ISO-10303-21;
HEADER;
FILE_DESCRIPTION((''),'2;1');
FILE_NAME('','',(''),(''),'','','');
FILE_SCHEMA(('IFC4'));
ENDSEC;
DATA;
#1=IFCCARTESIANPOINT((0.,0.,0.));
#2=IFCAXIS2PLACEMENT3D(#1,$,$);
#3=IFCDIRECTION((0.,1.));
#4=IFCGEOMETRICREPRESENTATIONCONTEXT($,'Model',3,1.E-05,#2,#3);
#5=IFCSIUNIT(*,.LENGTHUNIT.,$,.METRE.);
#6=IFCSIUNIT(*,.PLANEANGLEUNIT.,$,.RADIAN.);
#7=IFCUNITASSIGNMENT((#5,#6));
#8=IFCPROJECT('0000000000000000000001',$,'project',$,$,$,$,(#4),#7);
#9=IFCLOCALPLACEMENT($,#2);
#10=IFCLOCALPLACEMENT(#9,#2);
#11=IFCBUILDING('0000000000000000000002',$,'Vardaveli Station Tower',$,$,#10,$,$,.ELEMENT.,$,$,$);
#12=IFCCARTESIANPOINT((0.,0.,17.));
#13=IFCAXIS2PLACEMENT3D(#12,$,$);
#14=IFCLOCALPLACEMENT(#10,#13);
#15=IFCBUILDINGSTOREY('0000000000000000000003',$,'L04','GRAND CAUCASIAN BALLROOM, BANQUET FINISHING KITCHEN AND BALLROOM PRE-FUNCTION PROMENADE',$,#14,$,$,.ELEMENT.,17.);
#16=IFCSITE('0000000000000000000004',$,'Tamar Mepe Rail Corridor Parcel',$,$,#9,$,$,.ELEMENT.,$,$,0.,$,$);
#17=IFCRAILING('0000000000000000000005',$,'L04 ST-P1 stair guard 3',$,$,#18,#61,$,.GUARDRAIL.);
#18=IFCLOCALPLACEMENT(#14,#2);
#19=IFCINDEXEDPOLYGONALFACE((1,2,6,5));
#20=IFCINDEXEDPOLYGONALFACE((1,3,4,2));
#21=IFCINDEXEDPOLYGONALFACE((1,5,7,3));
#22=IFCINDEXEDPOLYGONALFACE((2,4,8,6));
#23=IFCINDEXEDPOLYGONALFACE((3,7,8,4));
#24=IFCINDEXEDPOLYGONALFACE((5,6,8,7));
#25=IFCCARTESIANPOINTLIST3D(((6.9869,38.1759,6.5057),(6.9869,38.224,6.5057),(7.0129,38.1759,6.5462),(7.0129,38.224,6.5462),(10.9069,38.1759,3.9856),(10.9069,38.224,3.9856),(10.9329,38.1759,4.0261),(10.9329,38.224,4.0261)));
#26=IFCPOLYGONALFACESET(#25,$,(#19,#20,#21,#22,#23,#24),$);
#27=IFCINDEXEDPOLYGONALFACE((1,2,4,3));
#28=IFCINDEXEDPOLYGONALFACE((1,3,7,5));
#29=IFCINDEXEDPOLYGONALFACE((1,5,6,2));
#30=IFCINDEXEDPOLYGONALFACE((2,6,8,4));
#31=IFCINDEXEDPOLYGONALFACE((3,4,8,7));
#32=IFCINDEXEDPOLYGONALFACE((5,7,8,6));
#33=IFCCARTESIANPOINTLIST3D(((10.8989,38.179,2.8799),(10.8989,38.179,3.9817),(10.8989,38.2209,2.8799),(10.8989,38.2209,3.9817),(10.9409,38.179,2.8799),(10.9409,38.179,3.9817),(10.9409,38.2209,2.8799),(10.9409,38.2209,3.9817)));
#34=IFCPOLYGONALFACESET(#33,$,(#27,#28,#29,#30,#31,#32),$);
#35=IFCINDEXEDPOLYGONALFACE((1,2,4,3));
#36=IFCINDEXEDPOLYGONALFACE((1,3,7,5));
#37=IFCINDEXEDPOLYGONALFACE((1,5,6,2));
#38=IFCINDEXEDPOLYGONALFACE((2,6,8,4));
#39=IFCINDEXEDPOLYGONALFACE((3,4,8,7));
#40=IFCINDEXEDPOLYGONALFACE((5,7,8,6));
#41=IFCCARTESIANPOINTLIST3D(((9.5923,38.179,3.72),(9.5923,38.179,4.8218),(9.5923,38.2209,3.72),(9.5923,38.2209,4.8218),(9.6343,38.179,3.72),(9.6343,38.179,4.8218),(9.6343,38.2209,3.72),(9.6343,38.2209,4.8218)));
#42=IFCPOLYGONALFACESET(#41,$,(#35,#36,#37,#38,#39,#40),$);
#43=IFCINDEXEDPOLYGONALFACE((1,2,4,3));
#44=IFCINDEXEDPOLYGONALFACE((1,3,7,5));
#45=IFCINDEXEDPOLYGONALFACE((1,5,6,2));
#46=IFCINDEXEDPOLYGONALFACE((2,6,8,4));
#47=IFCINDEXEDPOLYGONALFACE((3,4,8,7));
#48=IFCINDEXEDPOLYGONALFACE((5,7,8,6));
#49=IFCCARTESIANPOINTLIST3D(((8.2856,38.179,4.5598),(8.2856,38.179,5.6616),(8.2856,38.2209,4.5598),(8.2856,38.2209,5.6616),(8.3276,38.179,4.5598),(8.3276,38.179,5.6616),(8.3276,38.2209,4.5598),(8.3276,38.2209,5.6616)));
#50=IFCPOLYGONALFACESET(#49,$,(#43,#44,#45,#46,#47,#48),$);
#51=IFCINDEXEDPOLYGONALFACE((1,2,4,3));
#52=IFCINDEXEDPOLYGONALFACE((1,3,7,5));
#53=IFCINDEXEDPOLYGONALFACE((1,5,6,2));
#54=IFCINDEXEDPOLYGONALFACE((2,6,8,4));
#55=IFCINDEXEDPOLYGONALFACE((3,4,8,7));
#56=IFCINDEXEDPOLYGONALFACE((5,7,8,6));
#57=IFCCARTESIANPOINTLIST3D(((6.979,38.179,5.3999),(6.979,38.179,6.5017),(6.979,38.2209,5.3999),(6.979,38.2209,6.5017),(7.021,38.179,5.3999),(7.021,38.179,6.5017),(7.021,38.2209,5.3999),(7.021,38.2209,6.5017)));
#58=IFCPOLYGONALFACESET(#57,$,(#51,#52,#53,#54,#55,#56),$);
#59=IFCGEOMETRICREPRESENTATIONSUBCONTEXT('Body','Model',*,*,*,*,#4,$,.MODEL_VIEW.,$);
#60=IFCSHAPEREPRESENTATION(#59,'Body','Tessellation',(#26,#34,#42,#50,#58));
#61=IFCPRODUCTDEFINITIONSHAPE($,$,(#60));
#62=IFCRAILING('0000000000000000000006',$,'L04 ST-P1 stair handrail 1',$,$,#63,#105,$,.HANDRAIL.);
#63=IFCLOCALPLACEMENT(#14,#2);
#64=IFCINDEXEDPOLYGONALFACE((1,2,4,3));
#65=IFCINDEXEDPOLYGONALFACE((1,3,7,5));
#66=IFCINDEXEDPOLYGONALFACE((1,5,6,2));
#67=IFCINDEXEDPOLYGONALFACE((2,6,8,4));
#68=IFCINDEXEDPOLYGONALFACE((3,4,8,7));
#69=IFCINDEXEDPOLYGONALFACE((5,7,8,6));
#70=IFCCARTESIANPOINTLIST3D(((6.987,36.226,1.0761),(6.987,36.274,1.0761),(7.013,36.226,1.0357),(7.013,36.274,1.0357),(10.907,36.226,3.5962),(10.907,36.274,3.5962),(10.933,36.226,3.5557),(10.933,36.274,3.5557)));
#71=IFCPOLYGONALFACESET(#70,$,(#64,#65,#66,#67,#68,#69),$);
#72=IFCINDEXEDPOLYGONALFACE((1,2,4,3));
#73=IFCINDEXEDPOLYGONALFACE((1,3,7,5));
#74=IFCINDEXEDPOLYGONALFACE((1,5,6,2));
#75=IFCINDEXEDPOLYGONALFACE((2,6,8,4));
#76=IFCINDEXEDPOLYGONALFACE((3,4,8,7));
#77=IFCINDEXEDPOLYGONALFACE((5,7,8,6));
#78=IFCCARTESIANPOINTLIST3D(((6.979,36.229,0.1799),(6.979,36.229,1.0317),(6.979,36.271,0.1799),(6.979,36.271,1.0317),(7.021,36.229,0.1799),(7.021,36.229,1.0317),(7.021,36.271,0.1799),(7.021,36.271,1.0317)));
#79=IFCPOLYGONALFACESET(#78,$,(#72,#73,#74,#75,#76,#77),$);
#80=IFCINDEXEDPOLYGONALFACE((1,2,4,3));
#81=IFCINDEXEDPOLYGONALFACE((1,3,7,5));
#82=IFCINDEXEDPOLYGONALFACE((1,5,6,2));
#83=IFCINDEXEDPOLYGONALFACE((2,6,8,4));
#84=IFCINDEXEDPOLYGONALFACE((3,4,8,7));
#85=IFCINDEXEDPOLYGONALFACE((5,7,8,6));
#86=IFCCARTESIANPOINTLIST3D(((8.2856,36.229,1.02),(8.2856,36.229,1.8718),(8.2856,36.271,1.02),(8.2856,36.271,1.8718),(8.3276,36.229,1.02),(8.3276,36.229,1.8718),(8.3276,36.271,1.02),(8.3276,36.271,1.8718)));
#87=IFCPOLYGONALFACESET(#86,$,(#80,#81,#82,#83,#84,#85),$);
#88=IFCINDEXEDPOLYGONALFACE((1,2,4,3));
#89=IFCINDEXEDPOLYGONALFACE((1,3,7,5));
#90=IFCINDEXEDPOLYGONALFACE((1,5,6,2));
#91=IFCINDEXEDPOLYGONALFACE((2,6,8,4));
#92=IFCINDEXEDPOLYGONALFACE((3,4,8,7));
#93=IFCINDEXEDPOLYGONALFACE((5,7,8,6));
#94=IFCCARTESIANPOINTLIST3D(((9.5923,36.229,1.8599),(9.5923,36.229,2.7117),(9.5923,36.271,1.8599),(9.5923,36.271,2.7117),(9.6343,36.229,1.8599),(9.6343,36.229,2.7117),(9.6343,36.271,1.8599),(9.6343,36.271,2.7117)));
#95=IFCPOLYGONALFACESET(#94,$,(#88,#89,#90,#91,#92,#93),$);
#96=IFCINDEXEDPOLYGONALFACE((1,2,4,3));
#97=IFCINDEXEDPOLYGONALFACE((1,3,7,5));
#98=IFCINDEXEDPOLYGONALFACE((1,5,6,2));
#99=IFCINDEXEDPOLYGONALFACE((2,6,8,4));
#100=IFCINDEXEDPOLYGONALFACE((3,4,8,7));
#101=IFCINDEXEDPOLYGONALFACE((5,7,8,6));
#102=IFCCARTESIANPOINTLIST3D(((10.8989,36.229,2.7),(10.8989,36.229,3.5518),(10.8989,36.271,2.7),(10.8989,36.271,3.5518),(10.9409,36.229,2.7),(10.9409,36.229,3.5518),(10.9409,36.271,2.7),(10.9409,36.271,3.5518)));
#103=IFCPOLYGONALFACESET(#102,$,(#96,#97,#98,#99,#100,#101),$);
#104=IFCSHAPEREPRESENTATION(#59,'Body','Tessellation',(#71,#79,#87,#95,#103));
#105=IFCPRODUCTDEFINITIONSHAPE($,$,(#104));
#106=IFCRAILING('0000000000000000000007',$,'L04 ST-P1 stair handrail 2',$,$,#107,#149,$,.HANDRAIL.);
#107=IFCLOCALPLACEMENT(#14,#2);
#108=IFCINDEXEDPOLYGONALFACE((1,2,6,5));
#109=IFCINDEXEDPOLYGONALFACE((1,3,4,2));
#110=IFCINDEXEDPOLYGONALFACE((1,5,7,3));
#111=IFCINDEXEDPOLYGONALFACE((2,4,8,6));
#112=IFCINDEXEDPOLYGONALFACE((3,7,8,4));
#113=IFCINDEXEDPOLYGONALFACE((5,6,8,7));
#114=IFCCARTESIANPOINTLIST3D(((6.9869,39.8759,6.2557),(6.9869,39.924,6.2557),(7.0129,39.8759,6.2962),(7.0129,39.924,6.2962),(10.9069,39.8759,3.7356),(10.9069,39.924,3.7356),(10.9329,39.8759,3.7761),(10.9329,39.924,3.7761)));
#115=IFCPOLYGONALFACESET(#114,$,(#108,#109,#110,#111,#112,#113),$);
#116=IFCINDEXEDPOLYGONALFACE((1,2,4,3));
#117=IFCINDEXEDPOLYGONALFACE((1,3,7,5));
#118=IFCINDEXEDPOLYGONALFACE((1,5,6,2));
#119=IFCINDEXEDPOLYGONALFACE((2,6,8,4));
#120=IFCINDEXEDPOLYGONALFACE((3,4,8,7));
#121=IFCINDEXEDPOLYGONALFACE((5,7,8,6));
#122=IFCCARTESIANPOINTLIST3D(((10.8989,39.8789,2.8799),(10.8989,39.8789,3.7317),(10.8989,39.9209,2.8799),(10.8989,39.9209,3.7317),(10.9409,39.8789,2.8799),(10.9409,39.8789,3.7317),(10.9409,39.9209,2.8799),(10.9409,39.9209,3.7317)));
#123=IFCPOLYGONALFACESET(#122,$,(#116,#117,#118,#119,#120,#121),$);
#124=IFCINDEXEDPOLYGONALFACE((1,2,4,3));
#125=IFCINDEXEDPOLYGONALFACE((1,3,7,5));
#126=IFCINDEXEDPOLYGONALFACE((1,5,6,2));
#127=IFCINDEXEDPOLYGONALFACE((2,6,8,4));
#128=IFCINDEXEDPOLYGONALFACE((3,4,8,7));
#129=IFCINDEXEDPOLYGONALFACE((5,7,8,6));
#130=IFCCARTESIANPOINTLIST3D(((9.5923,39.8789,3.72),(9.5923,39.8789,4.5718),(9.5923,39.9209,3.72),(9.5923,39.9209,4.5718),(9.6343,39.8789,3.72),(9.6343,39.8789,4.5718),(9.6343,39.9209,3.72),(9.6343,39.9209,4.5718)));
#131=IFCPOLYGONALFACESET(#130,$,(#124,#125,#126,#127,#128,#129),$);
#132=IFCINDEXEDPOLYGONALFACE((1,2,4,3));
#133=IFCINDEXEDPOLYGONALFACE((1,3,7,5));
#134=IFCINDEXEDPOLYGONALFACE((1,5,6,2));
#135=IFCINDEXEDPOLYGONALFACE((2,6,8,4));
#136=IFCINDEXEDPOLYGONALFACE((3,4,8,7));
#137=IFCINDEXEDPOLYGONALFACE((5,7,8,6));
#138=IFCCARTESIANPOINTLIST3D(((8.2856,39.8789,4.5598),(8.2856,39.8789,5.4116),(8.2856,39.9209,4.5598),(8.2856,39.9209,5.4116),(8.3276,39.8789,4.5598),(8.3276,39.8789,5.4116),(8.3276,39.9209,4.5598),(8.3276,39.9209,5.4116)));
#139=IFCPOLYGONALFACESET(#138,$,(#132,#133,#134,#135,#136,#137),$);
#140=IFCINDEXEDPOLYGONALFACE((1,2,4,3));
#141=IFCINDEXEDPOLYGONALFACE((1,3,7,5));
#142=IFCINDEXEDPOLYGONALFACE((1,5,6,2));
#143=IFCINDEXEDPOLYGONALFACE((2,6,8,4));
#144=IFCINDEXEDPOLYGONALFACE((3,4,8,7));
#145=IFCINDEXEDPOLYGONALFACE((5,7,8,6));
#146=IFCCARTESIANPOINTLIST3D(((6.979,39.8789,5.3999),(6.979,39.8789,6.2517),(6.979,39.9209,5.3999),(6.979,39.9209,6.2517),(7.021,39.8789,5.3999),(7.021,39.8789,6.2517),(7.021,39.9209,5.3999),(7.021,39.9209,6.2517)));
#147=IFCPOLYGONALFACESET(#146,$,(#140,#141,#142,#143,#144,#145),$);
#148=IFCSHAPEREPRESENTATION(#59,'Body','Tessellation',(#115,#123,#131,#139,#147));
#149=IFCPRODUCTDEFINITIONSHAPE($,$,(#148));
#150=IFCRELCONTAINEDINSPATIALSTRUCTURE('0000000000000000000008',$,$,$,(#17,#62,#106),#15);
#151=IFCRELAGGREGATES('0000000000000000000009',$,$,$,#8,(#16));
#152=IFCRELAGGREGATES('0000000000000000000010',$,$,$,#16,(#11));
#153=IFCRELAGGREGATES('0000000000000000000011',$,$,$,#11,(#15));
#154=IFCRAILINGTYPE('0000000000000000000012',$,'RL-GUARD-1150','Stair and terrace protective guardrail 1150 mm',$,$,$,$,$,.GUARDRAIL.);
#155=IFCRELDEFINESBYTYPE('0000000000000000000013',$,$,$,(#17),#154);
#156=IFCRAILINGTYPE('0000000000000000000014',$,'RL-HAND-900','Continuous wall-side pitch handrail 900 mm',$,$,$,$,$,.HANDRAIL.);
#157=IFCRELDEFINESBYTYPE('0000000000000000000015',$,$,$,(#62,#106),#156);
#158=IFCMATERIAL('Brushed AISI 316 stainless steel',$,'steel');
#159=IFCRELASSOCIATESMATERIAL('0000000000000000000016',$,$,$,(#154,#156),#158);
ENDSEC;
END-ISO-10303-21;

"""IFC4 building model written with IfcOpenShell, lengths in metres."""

from ifc_helpers import new_model, si_unit, direction, frame, origin, origin_2d, place, context, subcontext, project, spatial, rectangle, extrude, source, transform, mapped, material, type_object, element, save


model = new_model("IFC4")

# Units and contexts
model_context = context("Model", 3, precision=1e-05, world=origin(), true_north=direction((0.0, 1.0)))
body_context = subcontext(model_context, "Body", "Model", "MODEL_VIEW")
ifc_project = project(units=[si_unit("LENGTHUNIT", "METRE"), si_unit("PLANEANGLEUNIT", "RADIAN")], contexts=[model_context])

# Site, building, storey
site_placement = place(None, origin())
site = spatial("IfcSite", under=ifc_project, at=site_placement, Name="Tamar Mepe Rail Corridor Parcel", CompositionType="ELEMENT", RefElevation=0.0)
building_placement = place(site_placement, origin())
building = spatial("IfcBuilding", under=site, at=building_placement, Name="Vardaveli Station Tower", CompositionType="ELEMENT")
storey_placement = place(building_placement, frame((0.0, 0.0, 17.0)))
storey = spatial("IfcBuildingStorey", under=building, at=storey_placement, Name="L04", Description="GRAND CAUCASIAN BALLROOM, BANQUET FINISHING KITCHEN AND BALLROOM PRE-FUNCTION PROMENADE", CompositionType="ELEMENT", Elevation=17.0)

# Railings
ifc_material_1 = material(Name="Brushed AISI 316 stainless steel", Category="steel")
railing_type_1 = type_object("IfcRailingType", Name="RL-GUARD-1150", Description="Stair and terrace protective guardrail 1150 mm", PredefinedType="GUARDRAIL", material=ifc_material_1)
shared_shape_1 = source(origin(), body_context, "Body", "SweptSolid", [
    extrude(rectangle(XDim=0.0481, YDim=0.0481, at=origin_2d()), frame((0.0, 0.0, 1.126), z_axis=(-0.841172, 0.0, 0.540768), x_axis=(0.0, -1.0, 0.0)), (0.0, 0.0, 1.0), 4.6602),
    extrude(rectangle(XDim=0.042, YDim=0.042, at=origin_2d()), origin(), (0.0, 0.0, 1.0), 1.1018),
    extrude(rectangle(XDim=0.042, YDim=0.042, at=origin_2d()), frame((-1.3066, 0.0, 0.8401)), (0.0, 0.0, 1.0), 1.1018),
    extrude(rectangle(XDim=0.042, YDim=0.042, at=origin_2d()), frame((-2.6133, 0.0, 1.6799)), (0.0, 0.0, 1.0), 1.1018),
    extrude(rectangle(XDim=0.042, YDim=0.042, at=origin_2d()), frame((-3.9199, 0.0, 2.52)), (0.0, 0.0, 1.0), 1.1018),
])
railing_1_placement = place(storey_placement, frame((10.9199, 38.2, 2.8799)))
element("IfcRailing", 1, at=railing_1_placement, inside=storey, type_object=railing_type_1, Name="L04 ST-P1 stair guard 3", PredefinedType="GUARDRAIL", context=body_context, shape_type="MappedRepresentation", body=[
    mapped(shared_shape_1, transform((0.0, 0.0, 0.0), scale=1.0)),
])
railing_type_2 = type_object("IfcRailingType", Name="RL-HAND-900", Description="Continuous wall-side pitch handrail 900 mm", PredefinedType="HANDRAIL", material=ifc_material_1)
shared_shape_2 = source(origin(), body_context, "Body", "SweptSolid", [
    extrude(rectangle(XDim=0.0481, YDim=0.0481, at=origin_2d()), frame((0.0, 0.0, 0.876), z_axis=(0.841172, 0.0, 0.540768), x_axis=(0.0, 1.0, 0.0)), (0.0, 0.0, 1.0), 4.6602),
    extrude(rectangle(XDim=0.042, YDim=0.042, at=origin_2d()), origin(), (0.0, 0.0, 1.0), 0.8518),
    extrude(rectangle(XDim=0.042, YDim=0.042, at=origin_2d()), frame((1.3066, 0.0, 0.8401)), (0.0, 0.0, 1.0), 0.8518),
    extrude(rectangle(XDim=0.042, YDim=0.042, at=origin_2d()), frame((2.6133, 0.0, 1.6799)), (0.0, 0.0, 1.0), 0.8518),
    extrude(rectangle(XDim=0.042, YDim=0.042, at=origin_2d()), frame((3.9199, 0.0, 2.52)), (0.0, 0.0, 1.0), 0.8518),
])
railing_2_placement = place(storey_placement, frame((7.0, 36.25, 0.1799)))
element("IfcRailing", 2, at=railing_2_placement, inside=storey, type_object=railing_type_2, Name="L04 ST-P1 stair handrail 1", PredefinedType="HANDRAIL", context=body_context, shape_type="MappedRepresentation", body=[
    mapped(shared_shape_2, transform((0.0, 0.0, 0.0), scale=1.0)),
])
shared_shape_3 = source(origin(), body_context, "Body", "SweptSolid", [
    extrude(rectangle(XDim=0.0481, YDim=0.0481, at=origin_2d()), frame((0.0, 0.0, 0.876), z_axis=(-0.841172, 0.0, 0.540768), x_axis=(0.0, -1.0, 0.0)), (0.0, 0.0, 1.0), 4.6602),
    extrude(rectangle(XDim=0.042, YDim=0.042, at=origin_2d()), origin(), (0.0, 0.0, 1.0), 0.8518),
    extrude(rectangle(XDim=0.042, YDim=0.042, at=origin_2d()), frame((-1.3066, 0.0, 0.8401)), (0.0, 0.0, 1.0), 0.8518),
    extrude(rectangle(XDim=0.042, YDim=0.042, at=origin_2d()), frame((-2.6133, 0.0, 1.6799)), (0.0, 0.0, 1.0), 0.8518),
    extrude(rectangle(XDim=0.042, YDim=0.042, at=origin_2d()), frame((-3.9199, 0.0, 2.52)), (0.0, 0.0, 1.0), 0.8518),
])
railing_3_placement = place(storey_placement, frame((10.9199, 39.8999, 2.8799)))
element("IfcRailing", 3, at=railing_3_placement, inside=storey, type_object=railing_type_2, Name="L04 ST-P1 stair handrail 2", PredefinedType="HANDRAIL", context=body_context, shape_type="MappedRepresentation", body=[
    mapped(shared_shape_3, transform((0.0, 0.0, 0.0), scale=1.0)),
])

save(model, "model.ifc")
